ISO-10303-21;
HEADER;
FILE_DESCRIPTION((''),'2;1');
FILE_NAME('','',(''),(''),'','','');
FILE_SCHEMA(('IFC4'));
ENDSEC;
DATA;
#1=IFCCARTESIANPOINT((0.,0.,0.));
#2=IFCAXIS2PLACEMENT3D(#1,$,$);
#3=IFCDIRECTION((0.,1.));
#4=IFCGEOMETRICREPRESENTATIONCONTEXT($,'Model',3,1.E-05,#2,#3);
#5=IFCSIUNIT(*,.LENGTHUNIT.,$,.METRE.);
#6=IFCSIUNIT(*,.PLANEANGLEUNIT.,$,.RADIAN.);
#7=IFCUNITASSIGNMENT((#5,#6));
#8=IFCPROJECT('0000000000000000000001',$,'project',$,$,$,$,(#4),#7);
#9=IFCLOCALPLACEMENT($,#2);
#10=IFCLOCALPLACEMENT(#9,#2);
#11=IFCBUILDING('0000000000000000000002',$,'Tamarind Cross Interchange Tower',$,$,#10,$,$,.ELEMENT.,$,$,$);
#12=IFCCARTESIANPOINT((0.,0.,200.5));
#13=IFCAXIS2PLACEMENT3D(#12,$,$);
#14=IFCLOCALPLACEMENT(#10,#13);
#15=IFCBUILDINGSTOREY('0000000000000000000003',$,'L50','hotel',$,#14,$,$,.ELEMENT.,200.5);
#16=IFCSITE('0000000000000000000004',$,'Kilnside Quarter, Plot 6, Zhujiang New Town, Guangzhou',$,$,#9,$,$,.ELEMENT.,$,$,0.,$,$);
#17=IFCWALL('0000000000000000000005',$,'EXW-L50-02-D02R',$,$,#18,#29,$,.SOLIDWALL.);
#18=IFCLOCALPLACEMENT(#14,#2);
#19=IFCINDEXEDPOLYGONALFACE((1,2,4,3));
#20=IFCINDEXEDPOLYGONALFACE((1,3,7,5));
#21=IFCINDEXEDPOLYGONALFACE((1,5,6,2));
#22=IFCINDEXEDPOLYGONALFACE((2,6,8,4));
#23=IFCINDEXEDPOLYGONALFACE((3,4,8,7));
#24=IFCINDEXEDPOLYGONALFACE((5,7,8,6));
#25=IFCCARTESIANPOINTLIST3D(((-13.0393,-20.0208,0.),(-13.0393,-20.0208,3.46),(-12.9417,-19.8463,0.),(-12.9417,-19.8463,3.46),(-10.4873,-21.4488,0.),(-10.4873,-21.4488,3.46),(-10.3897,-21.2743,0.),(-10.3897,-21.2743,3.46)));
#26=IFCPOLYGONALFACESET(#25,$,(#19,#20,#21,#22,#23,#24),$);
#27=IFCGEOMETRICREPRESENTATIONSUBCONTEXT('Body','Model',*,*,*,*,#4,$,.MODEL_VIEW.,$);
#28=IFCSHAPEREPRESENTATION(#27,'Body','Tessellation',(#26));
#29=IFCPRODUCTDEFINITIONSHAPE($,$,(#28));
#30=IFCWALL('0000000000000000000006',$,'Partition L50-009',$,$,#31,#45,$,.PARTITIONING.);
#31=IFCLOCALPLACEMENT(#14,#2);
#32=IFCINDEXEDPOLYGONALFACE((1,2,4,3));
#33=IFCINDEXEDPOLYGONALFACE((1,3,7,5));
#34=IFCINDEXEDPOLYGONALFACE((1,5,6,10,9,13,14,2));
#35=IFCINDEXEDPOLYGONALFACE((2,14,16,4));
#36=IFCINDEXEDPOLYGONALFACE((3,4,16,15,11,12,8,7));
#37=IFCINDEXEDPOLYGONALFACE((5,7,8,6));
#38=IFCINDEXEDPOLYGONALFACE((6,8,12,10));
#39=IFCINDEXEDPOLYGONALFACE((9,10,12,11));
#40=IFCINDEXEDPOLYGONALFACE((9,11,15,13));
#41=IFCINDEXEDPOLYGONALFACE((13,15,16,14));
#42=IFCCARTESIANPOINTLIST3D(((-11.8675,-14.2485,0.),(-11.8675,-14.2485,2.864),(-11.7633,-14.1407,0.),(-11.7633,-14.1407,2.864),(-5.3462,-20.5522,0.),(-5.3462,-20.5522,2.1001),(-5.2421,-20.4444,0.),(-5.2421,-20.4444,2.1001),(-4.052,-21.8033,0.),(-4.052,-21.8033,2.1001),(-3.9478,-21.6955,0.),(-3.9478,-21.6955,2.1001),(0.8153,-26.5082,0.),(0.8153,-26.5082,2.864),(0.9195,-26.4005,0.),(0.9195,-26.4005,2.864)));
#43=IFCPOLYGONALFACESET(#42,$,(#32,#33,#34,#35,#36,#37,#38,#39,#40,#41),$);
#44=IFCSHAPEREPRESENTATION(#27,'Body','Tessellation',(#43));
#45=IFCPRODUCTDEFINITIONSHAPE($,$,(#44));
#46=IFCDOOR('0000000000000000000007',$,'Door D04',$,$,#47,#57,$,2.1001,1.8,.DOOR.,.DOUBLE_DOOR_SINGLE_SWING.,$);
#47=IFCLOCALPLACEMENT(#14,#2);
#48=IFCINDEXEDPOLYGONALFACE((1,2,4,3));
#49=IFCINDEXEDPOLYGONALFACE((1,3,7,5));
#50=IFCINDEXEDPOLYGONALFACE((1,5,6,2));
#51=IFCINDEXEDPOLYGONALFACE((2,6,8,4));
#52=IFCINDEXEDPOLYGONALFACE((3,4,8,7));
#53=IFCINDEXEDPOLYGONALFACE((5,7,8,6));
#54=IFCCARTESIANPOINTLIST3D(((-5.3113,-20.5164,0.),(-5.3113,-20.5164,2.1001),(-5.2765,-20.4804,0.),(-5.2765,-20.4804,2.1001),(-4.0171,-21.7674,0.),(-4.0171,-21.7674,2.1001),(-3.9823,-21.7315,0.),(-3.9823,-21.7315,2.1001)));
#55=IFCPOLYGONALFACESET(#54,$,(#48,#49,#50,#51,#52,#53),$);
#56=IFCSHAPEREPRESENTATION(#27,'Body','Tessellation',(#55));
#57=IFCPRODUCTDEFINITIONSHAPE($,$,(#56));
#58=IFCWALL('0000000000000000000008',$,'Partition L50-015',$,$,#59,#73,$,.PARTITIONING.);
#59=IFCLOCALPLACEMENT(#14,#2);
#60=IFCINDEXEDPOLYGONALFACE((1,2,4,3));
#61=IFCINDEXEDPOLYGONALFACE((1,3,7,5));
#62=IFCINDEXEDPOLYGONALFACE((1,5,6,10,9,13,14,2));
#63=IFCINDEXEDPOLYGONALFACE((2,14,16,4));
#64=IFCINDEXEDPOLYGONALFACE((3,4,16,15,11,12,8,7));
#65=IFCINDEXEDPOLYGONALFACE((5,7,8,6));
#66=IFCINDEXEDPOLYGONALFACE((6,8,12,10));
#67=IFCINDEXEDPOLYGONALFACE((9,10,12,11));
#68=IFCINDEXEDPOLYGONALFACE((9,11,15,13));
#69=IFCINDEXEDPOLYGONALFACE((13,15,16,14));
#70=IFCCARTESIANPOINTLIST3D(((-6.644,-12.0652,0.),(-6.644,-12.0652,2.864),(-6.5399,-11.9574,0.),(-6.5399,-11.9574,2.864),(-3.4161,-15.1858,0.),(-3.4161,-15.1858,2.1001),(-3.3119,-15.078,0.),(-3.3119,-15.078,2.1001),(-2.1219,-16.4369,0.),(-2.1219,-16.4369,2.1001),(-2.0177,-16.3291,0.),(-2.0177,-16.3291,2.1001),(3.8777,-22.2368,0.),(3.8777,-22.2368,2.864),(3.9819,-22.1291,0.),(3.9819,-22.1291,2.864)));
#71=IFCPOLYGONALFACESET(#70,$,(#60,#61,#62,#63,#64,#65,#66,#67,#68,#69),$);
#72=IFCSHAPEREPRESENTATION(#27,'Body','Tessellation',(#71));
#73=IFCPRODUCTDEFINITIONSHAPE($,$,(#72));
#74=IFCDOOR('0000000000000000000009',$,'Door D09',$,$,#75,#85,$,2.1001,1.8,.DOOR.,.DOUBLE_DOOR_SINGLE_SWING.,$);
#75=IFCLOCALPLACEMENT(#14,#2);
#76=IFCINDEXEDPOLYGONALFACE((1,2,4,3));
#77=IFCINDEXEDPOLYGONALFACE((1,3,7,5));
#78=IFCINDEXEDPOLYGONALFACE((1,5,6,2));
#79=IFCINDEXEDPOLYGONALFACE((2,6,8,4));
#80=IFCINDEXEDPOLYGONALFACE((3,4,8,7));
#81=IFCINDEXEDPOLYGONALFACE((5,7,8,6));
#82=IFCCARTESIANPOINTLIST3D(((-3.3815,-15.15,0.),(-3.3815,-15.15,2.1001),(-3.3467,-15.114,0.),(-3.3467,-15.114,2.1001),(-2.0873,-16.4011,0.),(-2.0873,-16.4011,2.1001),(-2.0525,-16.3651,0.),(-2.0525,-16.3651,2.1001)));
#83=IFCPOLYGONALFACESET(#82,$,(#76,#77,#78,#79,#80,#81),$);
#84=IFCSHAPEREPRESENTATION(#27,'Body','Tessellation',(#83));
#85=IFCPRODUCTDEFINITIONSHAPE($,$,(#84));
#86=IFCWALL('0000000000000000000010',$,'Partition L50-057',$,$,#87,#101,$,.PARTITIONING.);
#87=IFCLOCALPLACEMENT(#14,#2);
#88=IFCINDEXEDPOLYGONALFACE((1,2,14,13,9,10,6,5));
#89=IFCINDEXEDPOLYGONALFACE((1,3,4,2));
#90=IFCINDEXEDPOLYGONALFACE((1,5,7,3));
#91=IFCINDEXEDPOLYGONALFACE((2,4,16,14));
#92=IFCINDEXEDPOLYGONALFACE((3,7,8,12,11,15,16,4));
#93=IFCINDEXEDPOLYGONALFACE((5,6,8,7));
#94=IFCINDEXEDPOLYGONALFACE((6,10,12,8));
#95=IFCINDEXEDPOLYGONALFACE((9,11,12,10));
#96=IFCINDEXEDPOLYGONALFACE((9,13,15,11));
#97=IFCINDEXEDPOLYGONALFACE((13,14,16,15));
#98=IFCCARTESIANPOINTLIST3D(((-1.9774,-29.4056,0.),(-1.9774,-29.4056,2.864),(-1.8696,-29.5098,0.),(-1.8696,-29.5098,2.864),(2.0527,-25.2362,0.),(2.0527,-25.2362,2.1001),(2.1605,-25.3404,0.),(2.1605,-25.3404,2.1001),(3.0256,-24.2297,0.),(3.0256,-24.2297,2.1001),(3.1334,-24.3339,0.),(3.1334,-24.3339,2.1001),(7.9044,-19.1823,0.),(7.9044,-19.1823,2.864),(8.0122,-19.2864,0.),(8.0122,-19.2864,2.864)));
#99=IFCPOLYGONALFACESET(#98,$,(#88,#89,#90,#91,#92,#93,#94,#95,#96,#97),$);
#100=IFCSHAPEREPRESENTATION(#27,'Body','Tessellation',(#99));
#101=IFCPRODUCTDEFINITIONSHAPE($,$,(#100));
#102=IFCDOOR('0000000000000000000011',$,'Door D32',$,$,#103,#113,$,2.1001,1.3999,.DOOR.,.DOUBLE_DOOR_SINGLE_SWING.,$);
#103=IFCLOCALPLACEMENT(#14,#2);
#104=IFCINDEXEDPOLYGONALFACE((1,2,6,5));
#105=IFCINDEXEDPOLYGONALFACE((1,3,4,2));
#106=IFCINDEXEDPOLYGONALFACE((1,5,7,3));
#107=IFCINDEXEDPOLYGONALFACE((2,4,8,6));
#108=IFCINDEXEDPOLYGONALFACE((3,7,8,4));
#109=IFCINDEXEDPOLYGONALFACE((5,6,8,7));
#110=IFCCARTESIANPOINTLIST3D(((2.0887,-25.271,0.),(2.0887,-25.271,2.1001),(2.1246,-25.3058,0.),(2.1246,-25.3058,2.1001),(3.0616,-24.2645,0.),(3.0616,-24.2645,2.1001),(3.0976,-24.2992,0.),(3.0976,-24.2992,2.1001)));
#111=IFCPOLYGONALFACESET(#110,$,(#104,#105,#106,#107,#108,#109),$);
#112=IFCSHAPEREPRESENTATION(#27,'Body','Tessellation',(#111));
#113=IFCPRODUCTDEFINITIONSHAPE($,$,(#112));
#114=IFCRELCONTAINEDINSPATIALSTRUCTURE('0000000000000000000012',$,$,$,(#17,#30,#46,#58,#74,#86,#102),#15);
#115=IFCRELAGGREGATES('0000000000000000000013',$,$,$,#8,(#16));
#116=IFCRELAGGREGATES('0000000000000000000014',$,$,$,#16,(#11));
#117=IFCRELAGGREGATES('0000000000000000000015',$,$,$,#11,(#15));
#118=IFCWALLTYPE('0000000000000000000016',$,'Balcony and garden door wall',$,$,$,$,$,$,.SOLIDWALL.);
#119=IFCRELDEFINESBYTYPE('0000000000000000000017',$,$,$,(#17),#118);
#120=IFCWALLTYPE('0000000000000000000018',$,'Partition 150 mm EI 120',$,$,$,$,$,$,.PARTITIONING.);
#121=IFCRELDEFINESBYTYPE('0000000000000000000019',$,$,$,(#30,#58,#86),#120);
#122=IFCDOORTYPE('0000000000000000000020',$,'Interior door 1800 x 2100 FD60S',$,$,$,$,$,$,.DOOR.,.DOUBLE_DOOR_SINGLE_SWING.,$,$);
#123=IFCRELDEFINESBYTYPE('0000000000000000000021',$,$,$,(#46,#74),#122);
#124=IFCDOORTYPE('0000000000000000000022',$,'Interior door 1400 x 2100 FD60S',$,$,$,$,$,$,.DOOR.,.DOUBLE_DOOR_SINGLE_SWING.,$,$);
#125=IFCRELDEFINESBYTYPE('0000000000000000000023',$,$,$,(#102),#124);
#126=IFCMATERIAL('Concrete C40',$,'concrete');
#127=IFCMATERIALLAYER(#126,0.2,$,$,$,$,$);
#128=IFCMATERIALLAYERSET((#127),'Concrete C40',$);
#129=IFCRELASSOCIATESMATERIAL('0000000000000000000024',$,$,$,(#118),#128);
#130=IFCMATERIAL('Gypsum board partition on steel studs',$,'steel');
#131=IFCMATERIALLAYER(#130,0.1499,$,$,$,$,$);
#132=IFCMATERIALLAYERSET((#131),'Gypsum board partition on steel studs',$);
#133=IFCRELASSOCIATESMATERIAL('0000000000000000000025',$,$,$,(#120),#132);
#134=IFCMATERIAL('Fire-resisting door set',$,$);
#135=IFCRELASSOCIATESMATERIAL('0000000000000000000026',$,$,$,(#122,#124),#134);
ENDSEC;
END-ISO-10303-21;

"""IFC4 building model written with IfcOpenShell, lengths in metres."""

from ifc_helpers import new_model, si_unit, direction, frame, frame_2d, origin, place, context, subcontext, project, spatial, rectangle, extrude, material, layer, layer_set, type_object, element, fill, save


model = new_model("IFC4")

# Units and contexts
model_context = context("Model", 3, precision=1e-05, world=origin(), true_north=direction((0.0, 1.0)))
body_context = subcontext(model_context, "Body", "Model", "MODEL_VIEW")
ifc_project = project(units=[si_unit("LENGTHUNIT", "METRE"), si_unit("PLANEANGLEUNIT", "RADIAN")], contexts=[model_context])

# Site, building, storey
site_placement = place(None, origin())
site = spatial("IfcSite", under=ifc_project, at=site_placement, Name="Kilnside Quarter, Plot 6, Zhujiang New Town, Guangzhou", CompositionType="ELEMENT", RefElevation=0.0)
building_placement = place(site_placement, origin())
building = spatial("IfcBuilding", under=site, at=building_placement, Name="Tamarind Cross Interchange Tower", CompositionType="ELEMENT")
storey_placement = place(building_placement, frame((0.0, 0.0, 200.5)))
storey = spatial("IfcBuildingStorey", under=building, at=storey_placement, Name="L50", Description="hotel", CompositionType="ELEMENT", Elevation=200.5)

# Wall
ifc_material_1 = material(Name="Concrete C40", Category="concrete")
ifc_layer_1 = layer(ifc_material_1, 0.2)
ifc_layer_set_1 = layer_set([ifc_layer_1], Name="Concrete C40")
wall_type_1 = type_object("IfcWallType", Name="Balcony and garden door wall", PredefinedType="SOLIDWALL", material=ifc_layer_set_1)
wall_1_placement = place(storey_placement, frame((-12.9905, -19.9336, 0.0), z_axis=(0.0, 0.0, 1.0), x_axis=(0.872673, -0.488306, 0.0)))
element("IfcWall", 1, at=wall_1_placement, inside=storey, type_object=wall_type_1, Name="EXW-L50-02-D02R", PredefinedType="SOLIDWALL", context=body_context, shape_type="SweptSolid", body=[
    extrude(rectangle(XDim=2.9243, YDim=0.2, at=frame_2d((1.4622, 0.0))), origin(), (0.0, 0.0, 1.0), 3.46),
])

# Walls, openings, doors
ifc_material_2 = material(Name="Gypsum board partition on steel studs", Category="steel")
ifc_layer_2 = layer(ifc_material_2, 0.1499)
ifc_layer_set_2 = layer_set([ifc_layer_2], Name="Gypsum board partition on steel studs")
wall_type_2 = type_object("IfcWallType", Name="Partition 150 mm EI 120", PredefinedType="PARTITIONING", material=ifc_layer_set_2)
wall_2_placement = place(storey_placement, frame((-11.8154, -14.1946, 0.0), z_axis=(0.0, 0.0, 1.0), x_axis=(0.718998, -0.695012, 0.0)))
wall_2 = element("IfcWall", 2, at=wall_2_placement, inside=storey, type_object=wall_type_2, Name="Partition L50-009", PredefinedType="PARTITIONING", context=body_context, shape_type="SweptSolid", body=[
    extrude(rectangle(XDim=17.6396, YDim=0.1499, at=frame_2d((8.8198, 0.0))), origin(), (0.0, 0.0, 1.0), 2.864),
])
opening_1_placement = place(wall_2_placement, frame((9.0701, 0.0, 0.0)))
opening_1 = element("IfcOpeningElement", 3, at=opening_1_placement, cuts=wall_2, PredefinedType="OPENING", context=body_context, shape_type="SweptSolid", body=[
    extrude(rectangle(XDim=1.8, YDim=2.1001, at=frame_2d((0.8999, 1.05))), frame((0.0, 0.085, 0.0), z_axis=(0.0, -1.0, 0.0), x_axis=(1.0, 0.0, 0.0)), (0.0, 0.0, 1.0), 0.1699),
])
ifc_material_3 = material(Name="Fire-resisting door set")
door_type_1 = type_object("IfcDoorType", Name="Interior door 1800 x 2100 FD60S", OperationType="DOUBLE_DOOR_SINGLE_SWING", PredefinedType="DOOR", material=ifc_material_3)
door_1_placement = place(opening_1_placement, frame((1.8, 0.0, 0.0), z_axis=(0.0, 0.0, 1.0), x_axis=(-1.0, 0.0, 0.0)))
door_1 = element("IfcDoor", 4, at=door_1_placement, inside=storey, type_object=door_type_1, Name="Door D04", OperationType="DOUBLE_DOOR_SINGLE_SWING", OverallHeight=2.1001, OverallWidth=1.8, PredefinedType="DOOR", context=body_context, shape_type="SweptSolid", body=[
    extrude(rectangle(XDim=1.8, YDim=2.1001, at=frame_2d((0.8999, 1.05))), frame((0.0, 0.0249, 0.0), z_axis=(0.0, -1.0, 0.0), x_axis=(1.0, 0.0, 0.0)), (0.0, 0.0, 1.0), 0.05),
])
fill(opening_1, door_1)
wall_3_placement = place(storey_placement, frame((-6.592, -12.0112, 0.0), z_axis=(0.0, 0.0, 1.0), x_axis=(0.718967, -0.695044, 0.0)))
wall_3 = element("IfcWall", 5, at=wall_3_placement, inside=storey, type_object=wall_type_2, Name="Partition L50-015", PredefinedType="PARTITIONING", context=body_context, shape_type="SweptSolid", body=[
    extrude(rectangle(XDim=14.6345, YDim=0.1499, at=frame_2d((7.3174, 0.0))), origin(), (0.0, 0.0, 1.0), 2.864),
])
opening_2_placement = place(wall_3_placement, frame((4.49, 0.0, 0.0)))
opening_2 = element("IfcOpeningElement", 6, at=opening_2_placement, cuts=wall_3, PredefinedType="OPENING", context=body_context, shape_type="SweptSolid", body=[
    extrude(rectangle(XDim=1.8, YDim=2.1001, at=frame_2d((0.8999, 1.05))), frame((0.0, 0.085, 0.0), z_axis=(0.0, -1.0, 0.0), x_axis=(1.0, 0.0, 0.0)), (0.0, 0.0, 1.0), 0.1699),
])
door_2_placement = place(opening_2_placement, origin())
door_2 = element("IfcDoor", 7, at=door_2_placement, inside=storey, type_object=door_type_1, Name="Door D09", OperationType="DOUBLE_DOOR_SINGLE_SWING", OverallHeight=2.1001, OverallWidth=1.8, PredefinedType="DOOR", context=body_context, shape_type="SweptSolid", body=[
    extrude(rectangle(XDim=1.8, YDim=2.1001, at=frame_2d((0.8999, 1.05))), frame((0.0, 0.0249, 0.0), z_axis=(0.0, -1.0, 0.0), x_axis=(1.0, 0.0, 0.0)), (0.0, 0.0, 1.0), 0.05),
])
fill(opening_2, door_2)
wall_4_placement = place(storey_placement, frame((-1.9236, -29.4578, 0.0), z_axis=(0.0, 0.0, 1.0), x_axis=(0.694994, 0.719016, 0.0)))
wall_4 = element("IfcWall", 8, at=wall_4_placement, inside=storey, type_object=wall_type_2, Name="Partition L50-057", PredefinedType="PARTITIONING", context=body_context, shape_type="SweptSolid", body=[
    extrude(rectangle(XDim=14.2185, YDim=0.1499, at=frame_2d((7.1094, 0.0))), origin(), (0.0, 0.0, 1.0), 2.864),
])
opening_3_placement = place(wall_4_placement, frame((5.7988, 0.0, 0.0)))
opening_3 = element("IfcOpeningElement", 9, at=opening_3_placement, cuts=wall_4, PredefinedType="OPENING", context=body_context, shape_type="SweptSolid", body=[
    extrude(rectangle(XDim=1.3999, YDim=2.1001, at=frame_2d((0.7, 1.05))), frame((0.0, 0.085, 0.0), z_axis=(0.0, -1.0, 0.0), x_axis=(1.0, 0.0, 0.0)), (0.0, 0.0, 1.0), 0.1699),
])
door_type_2 = type_object("IfcDoorType", Name="Interior door 1400 x 2100 FD60S", OperationType="DOUBLE_DOOR_SINGLE_SWING", PredefinedType="DOOR", material=ifc_material_3)
door_3_placement = place(opening_3_placement, origin())
door_3 = element("IfcDoor", 10, at=door_3_placement, inside=storey, type_object=door_type_2, Name="Door D32", OperationType="DOUBLE_DOOR_SINGLE_SWING", OverallHeight=2.1001, OverallWidth=1.3999, PredefinedType="DOOR", context=body_context, shape_type="SweptSolid", body=[
    extrude(rectangle(XDim=1.3999, YDim=2.1001, at=frame_2d((0.7, 1.05))), frame((0.0, 0.0249, 0.0), z_axis=(0.0, -1.0, 0.0), x_axis=(1.0, 0.0, 0.0)), (0.0, 0.0, 1.0), 0.05),
])
fill(opening_3, door_3)

save(model, "model.ifc")
